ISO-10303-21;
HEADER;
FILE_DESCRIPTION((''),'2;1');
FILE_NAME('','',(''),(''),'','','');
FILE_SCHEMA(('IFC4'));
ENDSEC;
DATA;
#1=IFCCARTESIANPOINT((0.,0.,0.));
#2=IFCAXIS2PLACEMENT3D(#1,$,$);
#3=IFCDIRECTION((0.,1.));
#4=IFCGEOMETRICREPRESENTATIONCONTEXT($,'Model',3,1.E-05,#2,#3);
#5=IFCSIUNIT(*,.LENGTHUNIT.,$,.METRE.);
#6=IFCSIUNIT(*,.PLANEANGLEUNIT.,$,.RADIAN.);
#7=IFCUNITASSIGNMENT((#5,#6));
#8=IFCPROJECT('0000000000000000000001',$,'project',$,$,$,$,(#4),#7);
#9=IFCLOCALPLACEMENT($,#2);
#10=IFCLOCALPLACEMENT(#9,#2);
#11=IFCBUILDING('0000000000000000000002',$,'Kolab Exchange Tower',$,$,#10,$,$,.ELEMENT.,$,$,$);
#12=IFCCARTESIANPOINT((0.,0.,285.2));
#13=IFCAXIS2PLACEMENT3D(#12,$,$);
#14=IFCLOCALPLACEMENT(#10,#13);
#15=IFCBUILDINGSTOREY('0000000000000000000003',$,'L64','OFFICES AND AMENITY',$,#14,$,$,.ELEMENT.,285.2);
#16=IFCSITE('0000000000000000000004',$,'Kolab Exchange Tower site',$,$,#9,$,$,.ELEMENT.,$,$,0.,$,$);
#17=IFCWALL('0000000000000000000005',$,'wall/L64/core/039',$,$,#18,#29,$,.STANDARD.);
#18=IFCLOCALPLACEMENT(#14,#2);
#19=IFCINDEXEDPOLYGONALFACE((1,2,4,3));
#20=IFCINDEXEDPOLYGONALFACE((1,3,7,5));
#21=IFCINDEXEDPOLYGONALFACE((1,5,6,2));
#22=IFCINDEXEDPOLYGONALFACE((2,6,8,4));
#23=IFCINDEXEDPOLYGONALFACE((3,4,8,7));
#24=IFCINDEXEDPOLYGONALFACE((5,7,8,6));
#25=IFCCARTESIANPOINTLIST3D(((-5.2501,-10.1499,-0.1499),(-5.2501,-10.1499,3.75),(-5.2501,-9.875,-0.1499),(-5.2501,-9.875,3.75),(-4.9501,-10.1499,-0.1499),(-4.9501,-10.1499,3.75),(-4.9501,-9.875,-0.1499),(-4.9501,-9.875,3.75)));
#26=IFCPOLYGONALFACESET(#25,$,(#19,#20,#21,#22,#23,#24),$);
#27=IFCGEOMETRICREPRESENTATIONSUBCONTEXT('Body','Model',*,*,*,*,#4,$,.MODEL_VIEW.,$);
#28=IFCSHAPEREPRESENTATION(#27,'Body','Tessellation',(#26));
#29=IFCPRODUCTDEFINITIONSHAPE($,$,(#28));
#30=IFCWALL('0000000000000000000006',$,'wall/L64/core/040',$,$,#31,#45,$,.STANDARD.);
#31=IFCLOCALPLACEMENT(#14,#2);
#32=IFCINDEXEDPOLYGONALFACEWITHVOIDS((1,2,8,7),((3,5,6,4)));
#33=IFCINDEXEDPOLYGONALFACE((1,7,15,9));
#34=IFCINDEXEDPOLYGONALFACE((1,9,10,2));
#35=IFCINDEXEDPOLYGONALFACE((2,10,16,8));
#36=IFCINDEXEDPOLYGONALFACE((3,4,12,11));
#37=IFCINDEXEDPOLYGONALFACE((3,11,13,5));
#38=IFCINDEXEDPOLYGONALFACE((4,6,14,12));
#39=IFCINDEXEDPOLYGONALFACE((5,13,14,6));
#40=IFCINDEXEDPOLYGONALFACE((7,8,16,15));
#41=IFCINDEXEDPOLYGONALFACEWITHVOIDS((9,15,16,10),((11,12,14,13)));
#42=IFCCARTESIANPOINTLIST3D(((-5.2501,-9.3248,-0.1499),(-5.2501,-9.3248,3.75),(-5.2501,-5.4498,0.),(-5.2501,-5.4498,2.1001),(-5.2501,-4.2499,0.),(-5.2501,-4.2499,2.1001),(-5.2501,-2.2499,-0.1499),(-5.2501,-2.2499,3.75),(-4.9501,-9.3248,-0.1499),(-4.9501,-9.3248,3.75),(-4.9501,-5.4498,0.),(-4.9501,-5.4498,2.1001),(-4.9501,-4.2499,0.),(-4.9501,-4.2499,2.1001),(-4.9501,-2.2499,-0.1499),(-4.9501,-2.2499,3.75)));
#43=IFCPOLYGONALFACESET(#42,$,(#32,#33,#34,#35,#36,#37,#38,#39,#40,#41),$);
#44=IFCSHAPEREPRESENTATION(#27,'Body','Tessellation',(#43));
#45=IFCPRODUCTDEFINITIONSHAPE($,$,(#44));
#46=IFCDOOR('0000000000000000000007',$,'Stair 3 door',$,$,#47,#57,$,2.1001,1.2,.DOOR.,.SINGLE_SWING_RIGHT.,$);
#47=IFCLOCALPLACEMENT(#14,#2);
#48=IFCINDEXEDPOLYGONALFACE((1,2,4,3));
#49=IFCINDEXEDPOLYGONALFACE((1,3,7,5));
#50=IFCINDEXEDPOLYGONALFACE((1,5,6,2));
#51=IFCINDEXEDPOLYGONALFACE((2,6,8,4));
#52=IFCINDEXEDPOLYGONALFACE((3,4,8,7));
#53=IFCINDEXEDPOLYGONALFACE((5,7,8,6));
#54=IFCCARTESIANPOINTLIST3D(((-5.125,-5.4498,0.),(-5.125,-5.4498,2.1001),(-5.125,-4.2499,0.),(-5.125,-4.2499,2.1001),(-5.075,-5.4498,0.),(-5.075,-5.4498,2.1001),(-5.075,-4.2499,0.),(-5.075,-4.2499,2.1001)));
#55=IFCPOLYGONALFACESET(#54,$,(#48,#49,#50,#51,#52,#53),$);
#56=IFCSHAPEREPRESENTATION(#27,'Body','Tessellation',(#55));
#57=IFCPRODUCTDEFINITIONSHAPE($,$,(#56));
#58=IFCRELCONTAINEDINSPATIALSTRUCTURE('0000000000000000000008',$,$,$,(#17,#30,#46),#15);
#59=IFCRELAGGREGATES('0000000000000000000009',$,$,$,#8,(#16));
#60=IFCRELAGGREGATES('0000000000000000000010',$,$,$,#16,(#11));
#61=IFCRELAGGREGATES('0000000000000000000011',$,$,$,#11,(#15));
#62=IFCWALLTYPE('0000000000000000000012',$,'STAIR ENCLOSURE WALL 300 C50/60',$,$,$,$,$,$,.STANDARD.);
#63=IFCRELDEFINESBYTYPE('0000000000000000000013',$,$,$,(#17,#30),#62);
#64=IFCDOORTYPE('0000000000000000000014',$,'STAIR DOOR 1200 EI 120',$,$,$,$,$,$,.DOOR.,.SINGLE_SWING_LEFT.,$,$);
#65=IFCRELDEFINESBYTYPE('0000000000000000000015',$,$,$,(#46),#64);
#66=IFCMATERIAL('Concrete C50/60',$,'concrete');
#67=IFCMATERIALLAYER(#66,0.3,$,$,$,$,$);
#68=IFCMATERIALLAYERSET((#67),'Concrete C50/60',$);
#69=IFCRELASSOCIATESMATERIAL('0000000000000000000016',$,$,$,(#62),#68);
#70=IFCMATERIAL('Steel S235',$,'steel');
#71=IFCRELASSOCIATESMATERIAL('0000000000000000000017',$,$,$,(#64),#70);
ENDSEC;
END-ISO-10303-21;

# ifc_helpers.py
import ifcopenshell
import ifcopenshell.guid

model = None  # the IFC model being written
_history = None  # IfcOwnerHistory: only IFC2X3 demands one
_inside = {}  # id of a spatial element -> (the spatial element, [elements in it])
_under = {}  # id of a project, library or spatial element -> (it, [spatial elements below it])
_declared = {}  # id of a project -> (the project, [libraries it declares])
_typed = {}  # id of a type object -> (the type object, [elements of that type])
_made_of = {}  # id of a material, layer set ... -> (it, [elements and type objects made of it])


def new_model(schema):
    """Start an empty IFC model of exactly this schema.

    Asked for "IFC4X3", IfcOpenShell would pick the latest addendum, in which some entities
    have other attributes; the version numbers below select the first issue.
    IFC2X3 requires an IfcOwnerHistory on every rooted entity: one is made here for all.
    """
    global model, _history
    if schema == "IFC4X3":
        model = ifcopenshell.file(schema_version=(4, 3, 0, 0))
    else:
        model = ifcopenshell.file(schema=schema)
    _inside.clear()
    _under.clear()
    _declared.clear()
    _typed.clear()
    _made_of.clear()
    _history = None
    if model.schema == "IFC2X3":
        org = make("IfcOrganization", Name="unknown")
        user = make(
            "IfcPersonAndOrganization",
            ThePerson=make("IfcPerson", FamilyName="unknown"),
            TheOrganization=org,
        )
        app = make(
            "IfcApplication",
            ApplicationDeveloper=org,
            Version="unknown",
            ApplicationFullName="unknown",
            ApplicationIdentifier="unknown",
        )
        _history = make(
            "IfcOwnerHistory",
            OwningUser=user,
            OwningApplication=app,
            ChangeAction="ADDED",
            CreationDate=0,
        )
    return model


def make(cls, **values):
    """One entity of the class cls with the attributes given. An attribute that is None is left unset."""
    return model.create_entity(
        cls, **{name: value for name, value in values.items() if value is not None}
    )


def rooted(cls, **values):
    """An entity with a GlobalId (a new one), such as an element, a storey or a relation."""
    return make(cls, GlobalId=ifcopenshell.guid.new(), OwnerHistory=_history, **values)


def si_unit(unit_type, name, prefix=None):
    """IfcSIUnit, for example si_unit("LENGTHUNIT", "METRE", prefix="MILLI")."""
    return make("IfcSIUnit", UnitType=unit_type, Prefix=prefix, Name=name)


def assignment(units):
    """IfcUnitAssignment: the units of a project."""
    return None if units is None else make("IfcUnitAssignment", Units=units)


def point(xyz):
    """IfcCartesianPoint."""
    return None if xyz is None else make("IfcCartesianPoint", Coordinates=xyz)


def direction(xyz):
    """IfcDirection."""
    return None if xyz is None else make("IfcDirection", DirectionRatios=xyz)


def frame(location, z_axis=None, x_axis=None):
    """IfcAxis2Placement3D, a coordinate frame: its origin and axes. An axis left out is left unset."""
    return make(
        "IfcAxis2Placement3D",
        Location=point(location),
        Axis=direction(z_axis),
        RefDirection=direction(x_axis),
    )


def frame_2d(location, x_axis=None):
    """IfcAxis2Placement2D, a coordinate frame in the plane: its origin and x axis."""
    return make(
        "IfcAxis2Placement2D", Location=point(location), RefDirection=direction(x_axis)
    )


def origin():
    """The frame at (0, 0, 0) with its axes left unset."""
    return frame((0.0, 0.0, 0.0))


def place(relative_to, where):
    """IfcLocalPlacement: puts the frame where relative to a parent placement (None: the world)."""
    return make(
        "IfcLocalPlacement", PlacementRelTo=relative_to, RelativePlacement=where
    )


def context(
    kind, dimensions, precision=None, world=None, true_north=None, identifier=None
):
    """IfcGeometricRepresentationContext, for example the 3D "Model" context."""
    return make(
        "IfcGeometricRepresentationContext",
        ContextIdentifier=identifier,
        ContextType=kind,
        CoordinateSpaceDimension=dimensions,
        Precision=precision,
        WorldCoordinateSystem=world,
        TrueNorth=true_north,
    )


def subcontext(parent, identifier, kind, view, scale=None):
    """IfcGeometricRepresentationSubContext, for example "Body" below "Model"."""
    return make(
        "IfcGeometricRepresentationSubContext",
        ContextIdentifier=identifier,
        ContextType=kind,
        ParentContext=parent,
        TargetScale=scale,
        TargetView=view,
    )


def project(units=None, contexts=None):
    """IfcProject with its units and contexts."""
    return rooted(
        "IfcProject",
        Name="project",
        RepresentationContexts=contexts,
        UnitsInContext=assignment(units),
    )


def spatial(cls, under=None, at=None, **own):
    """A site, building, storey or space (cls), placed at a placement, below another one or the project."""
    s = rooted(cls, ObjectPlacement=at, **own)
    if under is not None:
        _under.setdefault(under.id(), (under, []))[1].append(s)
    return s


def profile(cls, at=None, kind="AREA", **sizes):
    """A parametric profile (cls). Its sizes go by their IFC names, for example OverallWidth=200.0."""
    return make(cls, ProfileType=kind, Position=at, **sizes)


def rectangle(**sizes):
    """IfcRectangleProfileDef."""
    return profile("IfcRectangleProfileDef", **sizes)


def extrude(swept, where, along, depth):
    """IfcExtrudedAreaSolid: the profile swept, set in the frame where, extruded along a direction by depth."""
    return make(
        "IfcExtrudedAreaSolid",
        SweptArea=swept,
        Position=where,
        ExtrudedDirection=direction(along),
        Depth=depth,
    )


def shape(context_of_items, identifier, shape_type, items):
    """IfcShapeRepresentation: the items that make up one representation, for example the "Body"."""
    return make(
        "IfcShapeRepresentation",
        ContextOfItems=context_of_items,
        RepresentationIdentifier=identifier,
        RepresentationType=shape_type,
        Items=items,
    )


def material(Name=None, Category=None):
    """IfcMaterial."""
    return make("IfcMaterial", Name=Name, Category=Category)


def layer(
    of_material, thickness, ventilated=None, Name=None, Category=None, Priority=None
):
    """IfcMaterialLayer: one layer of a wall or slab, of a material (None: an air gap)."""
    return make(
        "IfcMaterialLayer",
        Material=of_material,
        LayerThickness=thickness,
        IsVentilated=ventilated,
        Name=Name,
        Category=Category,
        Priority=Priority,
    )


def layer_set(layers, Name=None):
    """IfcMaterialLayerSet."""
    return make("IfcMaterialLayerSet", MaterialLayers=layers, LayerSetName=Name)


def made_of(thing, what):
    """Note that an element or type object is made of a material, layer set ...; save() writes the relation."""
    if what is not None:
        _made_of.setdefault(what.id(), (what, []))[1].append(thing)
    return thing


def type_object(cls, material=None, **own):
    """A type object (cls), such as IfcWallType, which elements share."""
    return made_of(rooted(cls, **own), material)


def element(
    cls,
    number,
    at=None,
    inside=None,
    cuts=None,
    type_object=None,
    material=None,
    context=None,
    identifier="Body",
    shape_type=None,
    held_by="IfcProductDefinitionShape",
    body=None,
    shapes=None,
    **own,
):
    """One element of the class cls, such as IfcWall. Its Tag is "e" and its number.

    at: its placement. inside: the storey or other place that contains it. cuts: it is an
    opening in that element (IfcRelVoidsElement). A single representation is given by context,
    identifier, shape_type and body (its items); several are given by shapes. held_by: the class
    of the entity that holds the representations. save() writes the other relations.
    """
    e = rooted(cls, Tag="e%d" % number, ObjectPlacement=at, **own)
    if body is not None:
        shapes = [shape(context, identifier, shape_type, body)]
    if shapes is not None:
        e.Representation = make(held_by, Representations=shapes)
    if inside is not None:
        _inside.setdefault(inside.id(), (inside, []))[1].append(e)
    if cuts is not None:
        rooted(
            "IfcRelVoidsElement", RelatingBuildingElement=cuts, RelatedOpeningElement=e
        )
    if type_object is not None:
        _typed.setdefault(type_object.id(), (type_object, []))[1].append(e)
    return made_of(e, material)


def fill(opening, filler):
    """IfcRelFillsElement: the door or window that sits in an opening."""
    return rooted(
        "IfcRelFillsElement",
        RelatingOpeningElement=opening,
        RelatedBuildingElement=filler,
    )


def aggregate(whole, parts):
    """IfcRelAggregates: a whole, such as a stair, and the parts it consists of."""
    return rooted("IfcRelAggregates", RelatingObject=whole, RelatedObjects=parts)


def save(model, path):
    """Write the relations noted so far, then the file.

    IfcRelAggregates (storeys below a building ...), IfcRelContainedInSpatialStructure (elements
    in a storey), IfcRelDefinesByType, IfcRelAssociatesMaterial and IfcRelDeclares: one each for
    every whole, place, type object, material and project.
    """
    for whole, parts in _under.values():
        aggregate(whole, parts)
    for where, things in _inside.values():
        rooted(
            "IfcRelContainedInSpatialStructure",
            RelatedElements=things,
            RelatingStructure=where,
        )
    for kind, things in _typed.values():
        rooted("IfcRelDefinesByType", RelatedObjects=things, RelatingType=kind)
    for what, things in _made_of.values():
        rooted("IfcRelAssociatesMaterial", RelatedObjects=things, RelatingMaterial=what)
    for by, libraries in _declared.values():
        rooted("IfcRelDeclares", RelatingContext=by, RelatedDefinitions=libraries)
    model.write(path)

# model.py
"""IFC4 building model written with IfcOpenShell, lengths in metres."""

from ifc_helpers import new_model, si_unit, direction, frame, frame_2d, origin, place, context, subcontext, project, spatial, rectangle, extrude, material, layer, layer_set, type_object, element, fill, save


model = new_model("IFC4")

# Units and contexts
model_context = context("Model", 3, precision=1e-05, world=origin(), true_north=direction((0.0, 1.0)))
body_context = subcontext(model_context, "Body", "Model", "MODEL_VIEW")
ifc_project = project(units=[si_unit("LENGTHUNIT", "METRE"), si_unit("PLANEANGLEUNIT", "RADIAN")], contexts=[model_context])

# Site, building, storey
site_placement = place(None, origin())
site = spatial("IfcSite", under=ifc_project, at=site_placement, Name="Kolab Exchange Tower site", CompositionType="ELEMENT", RefElevation=0.0)
building_placement = place(site_placement, origin())
building = spatial("IfcBuilding", under=site, at=building_placement, Name="Kolab Exchange Tower", CompositionType="ELEMENT")
storey_placement = place(building_placement, frame((0.0, 0.0, 285.2)))
storey = spatial("IfcBuildingStorey", under=building, at=storey_placement, Name="L64", Description="OFFICES AND AMENITY", CompositionType="ELEMENT", Elevation=285.2)

# Shared definitions
ifc_material_1 = material(Name="Concrete C50/60", Category="concrete")

# Shared definitions
ifc_material_2 = material(Name="Steel S235", Category="steel")

# Wall
ifc_layer_1 = layer(ifc_material_1, 0.3)
ifc_layer_set_1 = layer_set([ifc_layer_1], Name="Concrete C50/60")
wall_type_1 = type_object("IfcWallType", Name="STAIR ENCLOSURE WALL 300 C50/60", PredefinedType="STANDARD", material=ifc_layer_set_1)
wall_1_placement = place(storey_placement, frame((-5.1001, -10.1499, -0.1499), z_axis=(0.0, 0.0, 1.0), x_axis=(0.0, 1.0, 0.0)))
element("IfcWall", 1, at=wall_1_placement, inside=storey, type_object=wall_type_1, Name="wall/L64/core/039", PredefinedType="STANDARD", context=body_context, shape_type="SweptSolid", body=[
    extrude(rectangle(XDim=0.2749, YDim=0.3, at=frame_2d((0.1375, 0.0))), origin(), (0.0, 0.0, 1.0), 3.8999),
])

# Wall, opening, door
wall_2_placement = place(storey_placement, frame((-5.1001, -9.325, -0.1499), z_axis=(0.0, 0.0, 1.0), x_axis=(0.0, 1.0, 0.0)))
wall_2 = element("IfcWall", 2, at=wall_2_placement, inside=storey, type_object=wall_type_1, Name="wall/L64/core/040", PredefinedType="STANDARD", context=body_context, shape_type="SweptSolid", body=[
    extrude(rectangle(XDim=7.075, YDim=0.3, at=frame_2d((3.5376, 0.0))), origin(), (0.0, 0.0, 1.0), 3.8999),
])
opening_1_placement = place(wall_2_placement, frame((3.875, 0.0, 0.1499)))
opening_1 = element("IfcOpeningElement", 3, at=opening_1_placement, cuts=wall_2, PredefinedType="OPENING", context=body_context, shape_type="SweptSolid", body=[
    extrude(rectangle(XDim=1.2, YDim=2.1001, at=frame_2d((0.6001, 1.05))), frame((0.0, 0.1602, 0.0), z_axis=(0.0, -1.0, 0.0), x_axis=(1.0, 0.0, 0.0)), (0.0, 0.0, 1.0), 0.3201),
])
door_type_1 = type_object("IfcDoorType", Name="STAIR DOOR 1200 EI 120", OperationType="SINGLE_SWING_LEFT", PredefinedType="DOOR", material=ifc_material_2)
door_1_placement = place(opening_1_placement, origin())
door_1 = element("IfcDoor", 4, at=door_1_placement, inside=storey, type_object=door_type_1, Name="Stair 3 door", OperationType="SINGLE_SWING_RIGHT", OverallHeight=2.1001, OverallWidth=1.2, PredefinedType="DOOR", context=body_context, shape_type="SweptSolid", body=[
    extrude(rectangle(XDim=1.2, YDim=2.1001, at=frame_2d((0.6001, 1.05))), frame((0.0, 0.0249, 0.0), z_axis=(0.0, -1.0, 0.0), x_axis=(1.0, 0.0, 0.0)), (0.0, 0.0, 1.0), 0.05),
])
fill(opening_1, door_1)

save(model, "model.ifc")
